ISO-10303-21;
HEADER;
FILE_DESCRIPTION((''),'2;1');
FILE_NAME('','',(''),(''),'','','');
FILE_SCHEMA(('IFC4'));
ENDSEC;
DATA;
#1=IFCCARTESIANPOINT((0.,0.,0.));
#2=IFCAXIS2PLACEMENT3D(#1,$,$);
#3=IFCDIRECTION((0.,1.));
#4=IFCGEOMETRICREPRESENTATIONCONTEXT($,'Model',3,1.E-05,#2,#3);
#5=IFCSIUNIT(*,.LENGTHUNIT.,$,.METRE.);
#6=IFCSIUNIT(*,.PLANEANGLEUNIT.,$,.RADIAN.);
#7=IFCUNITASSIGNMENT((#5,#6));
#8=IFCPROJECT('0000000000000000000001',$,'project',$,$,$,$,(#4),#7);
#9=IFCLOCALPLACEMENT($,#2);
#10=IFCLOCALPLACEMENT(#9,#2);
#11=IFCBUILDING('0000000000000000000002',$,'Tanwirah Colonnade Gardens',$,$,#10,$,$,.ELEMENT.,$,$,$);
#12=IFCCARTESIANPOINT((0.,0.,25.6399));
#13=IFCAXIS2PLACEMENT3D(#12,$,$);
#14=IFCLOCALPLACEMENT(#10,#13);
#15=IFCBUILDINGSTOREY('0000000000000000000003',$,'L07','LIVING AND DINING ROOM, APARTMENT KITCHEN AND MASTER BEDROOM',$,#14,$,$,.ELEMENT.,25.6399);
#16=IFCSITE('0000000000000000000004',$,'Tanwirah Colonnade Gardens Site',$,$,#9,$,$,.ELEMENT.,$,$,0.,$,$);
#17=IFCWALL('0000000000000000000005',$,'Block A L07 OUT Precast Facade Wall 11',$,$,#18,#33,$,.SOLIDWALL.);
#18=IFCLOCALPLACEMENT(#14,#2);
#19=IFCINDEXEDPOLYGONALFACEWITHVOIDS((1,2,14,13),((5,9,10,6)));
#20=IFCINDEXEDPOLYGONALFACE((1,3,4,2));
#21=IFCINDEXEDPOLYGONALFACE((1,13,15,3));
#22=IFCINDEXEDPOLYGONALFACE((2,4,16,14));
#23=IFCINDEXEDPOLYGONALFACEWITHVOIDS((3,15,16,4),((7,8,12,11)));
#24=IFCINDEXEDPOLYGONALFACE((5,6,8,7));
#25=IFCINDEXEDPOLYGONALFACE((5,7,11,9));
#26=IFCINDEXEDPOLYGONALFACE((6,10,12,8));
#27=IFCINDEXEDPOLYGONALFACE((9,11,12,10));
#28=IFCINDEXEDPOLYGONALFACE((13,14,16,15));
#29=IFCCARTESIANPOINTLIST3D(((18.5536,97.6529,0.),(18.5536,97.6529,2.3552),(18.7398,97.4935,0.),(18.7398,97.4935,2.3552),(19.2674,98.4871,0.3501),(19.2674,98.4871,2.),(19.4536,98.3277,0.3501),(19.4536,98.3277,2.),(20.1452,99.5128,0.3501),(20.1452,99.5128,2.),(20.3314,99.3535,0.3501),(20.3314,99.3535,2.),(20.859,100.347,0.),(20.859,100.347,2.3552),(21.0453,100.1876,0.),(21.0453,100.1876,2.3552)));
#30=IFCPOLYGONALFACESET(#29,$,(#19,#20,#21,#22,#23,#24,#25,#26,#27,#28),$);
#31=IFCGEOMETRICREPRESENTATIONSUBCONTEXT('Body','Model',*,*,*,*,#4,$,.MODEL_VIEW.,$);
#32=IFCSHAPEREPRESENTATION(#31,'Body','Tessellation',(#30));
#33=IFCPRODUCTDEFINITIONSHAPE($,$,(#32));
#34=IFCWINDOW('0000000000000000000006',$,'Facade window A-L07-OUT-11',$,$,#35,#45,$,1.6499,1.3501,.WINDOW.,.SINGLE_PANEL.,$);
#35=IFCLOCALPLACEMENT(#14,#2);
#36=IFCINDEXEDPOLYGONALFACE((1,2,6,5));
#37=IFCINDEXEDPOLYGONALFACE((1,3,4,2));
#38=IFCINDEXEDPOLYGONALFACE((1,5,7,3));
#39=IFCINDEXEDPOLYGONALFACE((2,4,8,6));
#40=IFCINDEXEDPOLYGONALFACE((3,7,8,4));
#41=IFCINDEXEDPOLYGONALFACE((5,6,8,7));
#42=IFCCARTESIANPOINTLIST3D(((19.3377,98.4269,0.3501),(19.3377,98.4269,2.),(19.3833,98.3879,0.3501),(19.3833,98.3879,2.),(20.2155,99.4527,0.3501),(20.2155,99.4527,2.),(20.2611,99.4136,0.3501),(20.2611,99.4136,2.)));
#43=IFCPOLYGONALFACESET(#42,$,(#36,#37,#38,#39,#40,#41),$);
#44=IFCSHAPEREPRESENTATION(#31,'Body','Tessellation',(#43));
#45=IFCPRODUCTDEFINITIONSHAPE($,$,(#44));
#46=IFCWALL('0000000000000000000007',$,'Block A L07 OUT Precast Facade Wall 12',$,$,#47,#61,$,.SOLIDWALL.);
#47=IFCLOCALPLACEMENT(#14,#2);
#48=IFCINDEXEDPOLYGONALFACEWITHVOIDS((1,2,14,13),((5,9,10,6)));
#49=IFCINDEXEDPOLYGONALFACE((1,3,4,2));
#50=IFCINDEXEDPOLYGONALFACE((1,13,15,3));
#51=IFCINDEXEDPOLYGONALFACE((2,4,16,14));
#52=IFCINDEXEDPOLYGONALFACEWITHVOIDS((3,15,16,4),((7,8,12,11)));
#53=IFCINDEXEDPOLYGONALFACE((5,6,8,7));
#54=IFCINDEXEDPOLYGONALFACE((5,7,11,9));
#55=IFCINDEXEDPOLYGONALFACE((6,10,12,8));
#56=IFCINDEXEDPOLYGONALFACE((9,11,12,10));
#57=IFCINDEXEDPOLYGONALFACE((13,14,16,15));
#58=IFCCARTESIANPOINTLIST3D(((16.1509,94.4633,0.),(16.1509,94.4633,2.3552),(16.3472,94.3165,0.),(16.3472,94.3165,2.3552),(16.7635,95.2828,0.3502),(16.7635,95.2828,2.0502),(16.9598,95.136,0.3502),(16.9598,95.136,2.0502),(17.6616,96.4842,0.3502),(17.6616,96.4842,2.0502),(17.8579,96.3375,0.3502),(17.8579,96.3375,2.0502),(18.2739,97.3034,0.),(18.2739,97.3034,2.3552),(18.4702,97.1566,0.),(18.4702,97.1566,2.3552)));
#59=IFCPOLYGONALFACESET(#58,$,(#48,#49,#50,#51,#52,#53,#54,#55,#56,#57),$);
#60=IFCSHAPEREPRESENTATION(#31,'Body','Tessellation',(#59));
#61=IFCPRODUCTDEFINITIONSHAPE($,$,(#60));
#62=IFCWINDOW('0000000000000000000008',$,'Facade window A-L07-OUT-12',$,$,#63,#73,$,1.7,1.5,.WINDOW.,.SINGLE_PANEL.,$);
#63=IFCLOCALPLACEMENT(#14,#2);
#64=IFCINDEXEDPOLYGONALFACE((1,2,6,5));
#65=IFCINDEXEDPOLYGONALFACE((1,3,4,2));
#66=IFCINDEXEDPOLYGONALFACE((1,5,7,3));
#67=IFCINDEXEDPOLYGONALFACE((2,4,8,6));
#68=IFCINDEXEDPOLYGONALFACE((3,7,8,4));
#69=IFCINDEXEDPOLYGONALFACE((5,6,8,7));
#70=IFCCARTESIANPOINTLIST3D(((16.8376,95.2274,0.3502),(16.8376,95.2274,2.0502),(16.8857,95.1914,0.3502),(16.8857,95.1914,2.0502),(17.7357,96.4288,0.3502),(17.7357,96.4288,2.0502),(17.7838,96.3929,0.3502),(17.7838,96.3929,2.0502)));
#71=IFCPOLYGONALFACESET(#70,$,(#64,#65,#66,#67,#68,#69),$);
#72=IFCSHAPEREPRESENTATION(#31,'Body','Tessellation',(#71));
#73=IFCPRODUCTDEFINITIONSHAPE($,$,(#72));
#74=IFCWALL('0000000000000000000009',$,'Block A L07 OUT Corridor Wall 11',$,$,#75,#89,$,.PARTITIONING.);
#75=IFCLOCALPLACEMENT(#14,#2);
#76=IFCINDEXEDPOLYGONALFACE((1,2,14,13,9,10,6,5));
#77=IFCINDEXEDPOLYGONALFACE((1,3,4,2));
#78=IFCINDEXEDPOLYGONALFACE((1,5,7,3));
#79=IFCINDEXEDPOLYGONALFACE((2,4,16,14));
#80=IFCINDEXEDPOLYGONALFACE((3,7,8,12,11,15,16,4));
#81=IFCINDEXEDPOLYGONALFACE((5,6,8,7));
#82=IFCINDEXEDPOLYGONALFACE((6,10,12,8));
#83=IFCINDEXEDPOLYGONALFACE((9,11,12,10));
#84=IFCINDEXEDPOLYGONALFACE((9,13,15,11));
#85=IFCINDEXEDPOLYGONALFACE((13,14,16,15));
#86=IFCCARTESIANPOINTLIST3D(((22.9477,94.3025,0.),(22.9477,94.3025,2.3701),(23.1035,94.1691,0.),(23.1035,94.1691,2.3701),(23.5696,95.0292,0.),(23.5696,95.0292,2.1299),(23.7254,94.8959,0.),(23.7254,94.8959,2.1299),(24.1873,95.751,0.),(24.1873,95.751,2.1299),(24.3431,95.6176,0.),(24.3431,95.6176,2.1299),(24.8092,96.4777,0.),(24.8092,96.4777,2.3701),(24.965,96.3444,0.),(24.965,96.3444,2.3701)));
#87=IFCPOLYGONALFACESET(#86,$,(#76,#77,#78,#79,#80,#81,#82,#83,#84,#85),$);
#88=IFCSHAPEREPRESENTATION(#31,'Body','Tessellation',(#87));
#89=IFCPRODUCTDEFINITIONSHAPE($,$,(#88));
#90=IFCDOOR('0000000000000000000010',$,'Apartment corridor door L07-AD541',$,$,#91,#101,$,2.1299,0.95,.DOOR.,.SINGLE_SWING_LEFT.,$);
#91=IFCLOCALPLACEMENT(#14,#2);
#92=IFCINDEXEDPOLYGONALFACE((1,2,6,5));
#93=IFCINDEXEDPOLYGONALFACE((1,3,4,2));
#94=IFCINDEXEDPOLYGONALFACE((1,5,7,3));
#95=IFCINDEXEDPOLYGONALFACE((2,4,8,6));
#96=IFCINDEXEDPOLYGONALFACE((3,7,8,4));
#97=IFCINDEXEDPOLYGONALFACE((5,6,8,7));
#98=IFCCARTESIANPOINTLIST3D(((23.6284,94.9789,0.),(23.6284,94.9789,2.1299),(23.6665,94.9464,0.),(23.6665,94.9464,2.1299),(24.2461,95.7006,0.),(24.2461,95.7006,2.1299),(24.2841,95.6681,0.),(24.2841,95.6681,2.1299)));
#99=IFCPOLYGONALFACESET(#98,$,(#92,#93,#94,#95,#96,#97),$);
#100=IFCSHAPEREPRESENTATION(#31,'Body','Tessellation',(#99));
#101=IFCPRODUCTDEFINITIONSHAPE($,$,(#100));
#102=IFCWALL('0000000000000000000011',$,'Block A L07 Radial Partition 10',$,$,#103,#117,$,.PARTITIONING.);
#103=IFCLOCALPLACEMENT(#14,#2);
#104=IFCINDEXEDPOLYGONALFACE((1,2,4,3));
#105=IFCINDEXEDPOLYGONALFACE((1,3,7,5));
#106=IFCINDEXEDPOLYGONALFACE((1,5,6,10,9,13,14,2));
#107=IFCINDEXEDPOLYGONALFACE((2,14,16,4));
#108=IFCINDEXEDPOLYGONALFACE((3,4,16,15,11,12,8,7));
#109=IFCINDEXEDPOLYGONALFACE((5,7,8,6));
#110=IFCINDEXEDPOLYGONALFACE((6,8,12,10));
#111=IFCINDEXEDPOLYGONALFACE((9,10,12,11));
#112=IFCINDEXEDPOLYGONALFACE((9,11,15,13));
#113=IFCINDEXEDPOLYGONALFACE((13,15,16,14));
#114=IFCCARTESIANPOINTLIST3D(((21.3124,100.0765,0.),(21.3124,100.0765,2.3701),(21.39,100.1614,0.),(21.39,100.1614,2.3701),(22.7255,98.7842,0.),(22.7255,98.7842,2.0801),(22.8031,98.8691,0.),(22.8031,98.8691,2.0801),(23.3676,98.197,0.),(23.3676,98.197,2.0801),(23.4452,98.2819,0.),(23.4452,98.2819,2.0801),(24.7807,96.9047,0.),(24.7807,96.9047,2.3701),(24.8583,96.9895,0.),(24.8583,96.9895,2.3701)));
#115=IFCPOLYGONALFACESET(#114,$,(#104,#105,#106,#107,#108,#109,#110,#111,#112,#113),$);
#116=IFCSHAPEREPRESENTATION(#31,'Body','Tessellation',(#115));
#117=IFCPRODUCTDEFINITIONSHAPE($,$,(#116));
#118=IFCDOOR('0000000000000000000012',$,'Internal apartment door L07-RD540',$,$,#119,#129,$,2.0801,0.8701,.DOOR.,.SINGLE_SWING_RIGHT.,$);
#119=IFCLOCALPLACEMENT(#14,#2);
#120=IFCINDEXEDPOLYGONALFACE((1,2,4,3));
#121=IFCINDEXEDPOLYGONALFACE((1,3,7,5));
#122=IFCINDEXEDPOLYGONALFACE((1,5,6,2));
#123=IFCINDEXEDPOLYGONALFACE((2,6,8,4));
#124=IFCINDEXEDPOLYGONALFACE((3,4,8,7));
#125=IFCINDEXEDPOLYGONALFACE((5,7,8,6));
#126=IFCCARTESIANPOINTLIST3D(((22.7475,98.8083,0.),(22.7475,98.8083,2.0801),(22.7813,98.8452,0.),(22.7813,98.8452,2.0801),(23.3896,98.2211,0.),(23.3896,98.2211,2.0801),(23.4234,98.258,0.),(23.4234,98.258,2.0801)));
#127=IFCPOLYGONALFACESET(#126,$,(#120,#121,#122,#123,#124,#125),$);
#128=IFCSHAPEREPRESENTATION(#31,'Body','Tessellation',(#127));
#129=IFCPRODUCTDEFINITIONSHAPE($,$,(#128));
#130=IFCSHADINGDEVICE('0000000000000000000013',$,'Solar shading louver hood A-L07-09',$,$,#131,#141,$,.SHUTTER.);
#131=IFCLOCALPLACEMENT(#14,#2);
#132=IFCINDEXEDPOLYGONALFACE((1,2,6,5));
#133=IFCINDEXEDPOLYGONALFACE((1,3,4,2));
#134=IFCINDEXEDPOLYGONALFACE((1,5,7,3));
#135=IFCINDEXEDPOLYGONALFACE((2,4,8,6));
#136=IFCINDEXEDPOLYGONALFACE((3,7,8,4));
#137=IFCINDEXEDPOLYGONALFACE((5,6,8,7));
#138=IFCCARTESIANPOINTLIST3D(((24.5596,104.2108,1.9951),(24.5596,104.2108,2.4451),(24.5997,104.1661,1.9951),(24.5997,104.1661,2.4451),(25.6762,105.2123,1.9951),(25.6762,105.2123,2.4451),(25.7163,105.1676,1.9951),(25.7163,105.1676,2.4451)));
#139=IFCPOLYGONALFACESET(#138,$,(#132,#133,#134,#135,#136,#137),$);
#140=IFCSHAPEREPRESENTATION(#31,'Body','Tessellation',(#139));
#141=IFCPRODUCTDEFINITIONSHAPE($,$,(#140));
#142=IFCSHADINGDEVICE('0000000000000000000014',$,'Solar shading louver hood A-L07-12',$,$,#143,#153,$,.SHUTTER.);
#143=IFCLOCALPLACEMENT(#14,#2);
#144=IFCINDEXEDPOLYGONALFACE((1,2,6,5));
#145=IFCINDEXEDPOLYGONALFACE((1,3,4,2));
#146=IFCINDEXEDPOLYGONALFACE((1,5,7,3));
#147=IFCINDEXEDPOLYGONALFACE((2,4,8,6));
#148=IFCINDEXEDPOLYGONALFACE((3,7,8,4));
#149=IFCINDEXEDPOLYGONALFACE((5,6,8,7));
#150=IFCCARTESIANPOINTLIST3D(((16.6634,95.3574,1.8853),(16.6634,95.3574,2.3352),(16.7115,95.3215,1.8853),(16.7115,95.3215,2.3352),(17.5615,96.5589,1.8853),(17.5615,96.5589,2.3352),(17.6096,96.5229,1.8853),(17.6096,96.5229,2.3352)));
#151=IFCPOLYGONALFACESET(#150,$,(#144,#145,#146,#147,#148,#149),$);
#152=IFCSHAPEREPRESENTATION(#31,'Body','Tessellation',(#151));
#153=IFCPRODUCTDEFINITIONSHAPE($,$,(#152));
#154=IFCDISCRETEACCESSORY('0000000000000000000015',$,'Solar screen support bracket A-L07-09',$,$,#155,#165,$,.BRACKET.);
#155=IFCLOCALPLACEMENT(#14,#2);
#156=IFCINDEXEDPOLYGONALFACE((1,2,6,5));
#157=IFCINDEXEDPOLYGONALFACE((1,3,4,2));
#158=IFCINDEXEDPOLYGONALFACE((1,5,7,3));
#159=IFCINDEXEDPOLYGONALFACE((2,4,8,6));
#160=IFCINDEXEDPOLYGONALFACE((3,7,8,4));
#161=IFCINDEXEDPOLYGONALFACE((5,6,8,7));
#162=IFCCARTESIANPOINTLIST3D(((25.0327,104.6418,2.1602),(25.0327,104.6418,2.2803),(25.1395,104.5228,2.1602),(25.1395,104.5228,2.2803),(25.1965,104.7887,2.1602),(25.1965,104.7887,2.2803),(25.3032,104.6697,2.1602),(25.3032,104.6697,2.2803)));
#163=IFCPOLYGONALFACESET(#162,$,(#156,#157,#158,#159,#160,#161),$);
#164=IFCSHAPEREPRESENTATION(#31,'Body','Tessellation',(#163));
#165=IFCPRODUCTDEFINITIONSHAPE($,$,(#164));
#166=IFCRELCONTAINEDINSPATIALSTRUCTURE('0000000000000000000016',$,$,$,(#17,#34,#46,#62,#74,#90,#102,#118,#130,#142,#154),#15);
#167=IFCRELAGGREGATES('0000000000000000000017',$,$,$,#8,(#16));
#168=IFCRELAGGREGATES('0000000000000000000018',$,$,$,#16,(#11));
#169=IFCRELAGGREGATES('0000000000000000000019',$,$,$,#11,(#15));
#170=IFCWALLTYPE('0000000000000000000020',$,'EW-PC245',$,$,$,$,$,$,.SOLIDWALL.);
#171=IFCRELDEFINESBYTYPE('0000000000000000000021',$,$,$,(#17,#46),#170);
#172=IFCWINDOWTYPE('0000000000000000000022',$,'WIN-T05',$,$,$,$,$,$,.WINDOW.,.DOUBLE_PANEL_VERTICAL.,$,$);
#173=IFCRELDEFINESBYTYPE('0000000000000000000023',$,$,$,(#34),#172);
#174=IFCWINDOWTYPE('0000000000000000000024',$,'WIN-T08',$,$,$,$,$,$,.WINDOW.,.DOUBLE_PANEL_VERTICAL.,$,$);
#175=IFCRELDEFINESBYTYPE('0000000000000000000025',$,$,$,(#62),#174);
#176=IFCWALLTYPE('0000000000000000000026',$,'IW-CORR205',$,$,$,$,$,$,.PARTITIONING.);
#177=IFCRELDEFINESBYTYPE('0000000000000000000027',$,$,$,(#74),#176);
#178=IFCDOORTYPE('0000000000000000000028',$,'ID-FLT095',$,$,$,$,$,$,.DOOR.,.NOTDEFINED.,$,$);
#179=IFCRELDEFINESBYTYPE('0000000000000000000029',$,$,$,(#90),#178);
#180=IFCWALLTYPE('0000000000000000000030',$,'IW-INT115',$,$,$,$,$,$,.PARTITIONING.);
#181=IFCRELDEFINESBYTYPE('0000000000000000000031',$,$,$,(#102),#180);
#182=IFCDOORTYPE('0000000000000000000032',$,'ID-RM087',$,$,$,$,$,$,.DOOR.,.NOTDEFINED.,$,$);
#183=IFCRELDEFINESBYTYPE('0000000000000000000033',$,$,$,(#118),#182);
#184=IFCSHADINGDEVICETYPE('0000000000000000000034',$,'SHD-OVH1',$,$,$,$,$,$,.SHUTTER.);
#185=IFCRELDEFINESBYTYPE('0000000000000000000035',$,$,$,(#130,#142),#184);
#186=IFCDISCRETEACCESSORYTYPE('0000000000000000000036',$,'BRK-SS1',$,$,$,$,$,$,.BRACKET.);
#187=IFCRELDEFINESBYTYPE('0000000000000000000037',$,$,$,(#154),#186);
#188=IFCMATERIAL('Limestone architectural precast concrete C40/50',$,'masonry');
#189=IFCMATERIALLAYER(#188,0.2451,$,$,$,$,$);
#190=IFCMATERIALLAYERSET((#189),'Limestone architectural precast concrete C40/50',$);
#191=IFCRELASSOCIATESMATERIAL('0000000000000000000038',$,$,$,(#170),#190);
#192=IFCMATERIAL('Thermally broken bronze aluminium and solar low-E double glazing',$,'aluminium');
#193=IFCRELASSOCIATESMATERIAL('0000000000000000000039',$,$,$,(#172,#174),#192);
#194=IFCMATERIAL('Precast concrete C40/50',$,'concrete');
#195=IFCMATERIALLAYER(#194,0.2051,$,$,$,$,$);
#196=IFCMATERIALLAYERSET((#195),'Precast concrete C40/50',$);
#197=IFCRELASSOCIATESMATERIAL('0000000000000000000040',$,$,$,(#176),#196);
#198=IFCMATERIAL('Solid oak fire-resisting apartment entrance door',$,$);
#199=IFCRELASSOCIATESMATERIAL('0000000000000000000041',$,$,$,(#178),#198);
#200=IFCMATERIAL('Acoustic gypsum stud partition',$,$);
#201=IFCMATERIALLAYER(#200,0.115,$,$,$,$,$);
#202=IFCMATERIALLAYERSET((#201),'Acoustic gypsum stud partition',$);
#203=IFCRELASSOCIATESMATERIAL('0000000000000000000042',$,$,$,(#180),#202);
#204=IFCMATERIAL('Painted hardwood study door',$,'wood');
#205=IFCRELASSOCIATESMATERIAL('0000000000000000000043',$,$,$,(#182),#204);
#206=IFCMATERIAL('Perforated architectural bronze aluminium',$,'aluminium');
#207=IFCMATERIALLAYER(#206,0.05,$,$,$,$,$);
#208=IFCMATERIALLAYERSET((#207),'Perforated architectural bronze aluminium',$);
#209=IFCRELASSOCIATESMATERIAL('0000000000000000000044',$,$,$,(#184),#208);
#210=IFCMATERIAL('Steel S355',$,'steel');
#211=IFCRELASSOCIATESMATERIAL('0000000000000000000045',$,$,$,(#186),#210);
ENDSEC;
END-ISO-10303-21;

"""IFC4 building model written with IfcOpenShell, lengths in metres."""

from ifc_helpers import new_model, si_unit, direction, frame, frame_2d, origin, origin_2d, place, context, subcontext, project, spatial, rectangle, extrude, material, layer, layer_set, type_object, element, fill, save


model = new_model("IFC4")

# Units and contexts
model_context = context("Model", 3, precision=1e-05, world=origin(), true_north=direction((0.0, 1.0)))
body_context = subcontext(model_context, "Body", "Model", "MODEL_VIEW")
ifc_project = project(units=[si_unit("LENGTHUNIT", "METRE"), si_unit("PLANEANGLEUNIT", "RADIAN")], contexts=[model_context])

# Site, building, storey
site_placement = place(None, origin())
site = spatial("IfcSite", under=ifc_project, at=site_placement, Name="Tanwirah Colonnade Gardens Site", CompositionType="ELEMENT", RefElevation=0.0)
building_placement = place(site_placement, origin())
building = spatial("IfcBuilding", under=site, at=building_placement, Name="Tanwirah Colonnade Gardens", CompositionType="ELEMENT")
storey_placement = place(building_placement, frame((0.0, 0.0, 25.6399)))
storey = spatial("IfcBuildingStorey", under=building, at=storey_placement, Name="L07", Description="LIVING AND DINING ROOM, APARTMENT KITCHEN AND MASTER BEDROOM", CompositionType="ELEMENT", Elevation=25.6399)

# Shared definitions
ifc_material_1 = material(Name="Precast concrete C40/50", Category="concrete")

# Shared definitions
ifc_material_2 = material(Name="Limestone architectural precast concrete C40/50", Category="masonry")
ifc_layer_1 = layer(ifc_material_2, 0.2451)
ifc_layer_set_1 = layer_set([ifc_layer_1], Name="Limestone architectural precast concrete C40/50")
wall_type_1 = type_object("IfcWallType", Name="EW-PC245", PredefinedType="SOLIDWALL", material=ifc_layer_set_1)

# Walls, openings, windows
wall_1_placement = place(storey_placement, frame((20.9521, 100.2673, 0.0), z_axis=(0.0, 0.0, 1.0), x_axis=(-0.650173, -0.759786, 0.0)))
wall_1 = element("IfcWall", 1, at=wall_1_placement, inside=storey, type_object=wall_type_1, Name="Block A L07 OUT Precast Facade Wall 11", PredefinedType="SOLIDWALL", context=body_context, shape_type="SweptSolid", body=[
    extrude(rectangle(XDim=3.5459, YDim=0.2451, at=frame_2d((1.7729, 0.0))), origin(), (0.0, 0.0, 1.0), 2.3552),
])
opening_1_placement = place(wall_1_placement, frame((1.0979, 0.0, 0.3501)))
opening_1 = element("IfcOpeningElement", 2, at=opening_1_placement, cuts=wall_1, PredefinedType="OPENING", context=body_context, shape_type="SweptSolid", body=[
    extrude(rectangle(XDim=1.3501, YDim=1.6499, at=frame_2d((0.675, 0.825))), frame((0.0, 0.1326, 0.0), z_axis=(0.0, -1.0, 0.0), x_axis=(1.0, 0.0, 0.0)), (0.0, 0.0, 1.0), 0.2651),
])
ifc_material_3 = material(Name="Thermally broken bronze aluminium and solar low-E double glazing", Category="aluminium")
window_type_1 = type_object("IfcWindowType", Name="WIN-T05", PartitioningType="DOUBLE_PANEL_VERTICAL", PredefinedType="WINDOW", material=ifc_material_3)
window_1_placement = place(opening_1_placement, origin())
window_1 = element("IfcWindow", 3, at=window_1_placement, inside=storey, type_object=window_type_1, Name="Facade window A-L07-OUT-11", OverallHeight=1.6499, OverallWidth=1.3501, PartitioningType="SINGLE_PANEL", PredefinedType="WINDOW", context=body_context, shape_type="SweptSolid", body=[
    extrude(rectangle(XDim=1.3501, YDim=1.6499, at=frame_2d((0.675, 0.825))), frame((0.0, 0.03, 0.0), z_axis=(0.0, -1.0, 0.0), x_axis=(1.0, 0.0, 0.0)), (0.0, 0.0, 1.0), 0.0601),
])
fill(opening_1, window_1)
wall_2_placement = place(storey_placement, frame((18.3721, 97.23, 0.0), z_axis=(0.0, 0.0, 1.0), x_axis=(-0.598732, -0.800949, 0.0)))
wall_2 = element("IfcWall", 4, at=wall_2_placement, inside=storey, type_object=wall_type_1, Name="Block A L07 OUT Precast Facade Wall 12", PredefinedType="SOLIDWALL", context=body_context, shape_type="SweptSolid", body=[
    extrude(rectangle(XDim=3.5459, YDim=0.2451, at=frame_2d((1.7729, 0.0))), origin(), (0.0, 0.0, 1.0), 2.3552),
])
opening_2_placement = place(wall_2_placement, frame((1.0227, 0.0, 0.3501)))
opening_2 = element("IfcOpeningElement", 5, at=opening_2_placement, cuts=wall_2, PredefinedType="OPENING", context=body_context, shape_type="SweptSolid", body=[
    extrude(rectangle(XDim=1.5, YDim=1.7, at=frame_2d((0.75, 0.8501))), frame((0.0, 0.1326, 0.0), z_axis=(0.0, -1.0, 0.0), x_axis=(1.0, 0.0, 0.0)), (0.0, 0.0, 1.0), 0.2651),
])
window_type_2 = type_object("IfcWindowType", Name="WIN-T08", PartitioningType="DOUBLE_PANEL_VERTICAL", PredefinedType="WINDOW", material=ifc_material_3)
window_2_placement = place(opening_2_placement, origin())
window_2 = element("IfcWindow", 6, at=window_2_placement, inside=storey, type_object=window_type_2, Name="Facade window A-L07-OUT-12", OverallHeight=1.7, OverallWidth=1.5, PartitioningType="SINGLE_PANEL", PredefinedType="WINDOW", context=body_context, shape_type="SweptSolid", body=[
    extrude(rectangle(XDim=1.5, YDim=1.7, at=frame_2d((0.75, 0.8501))), frame((0.0, 0.03, 0.0), z_axis=(0.0, -1.0, 0.0), x_axis=(1.0, 0.0, 0.0)), (0.0, 0.0, 1.0), 0.0601),
])
fill(opening_2, window_2)

# Walls, openings, doors
ifc_layer_2 = layer(ifc_material_1, 0.2051)
ifc_layer_set_2 = layer_set([ifc_layer_2], Name="Precast concrete C40/50")
wall_type_2 = type_object("IfcWallType", Name="IW-CORR205", PredefinedType="PARTITIONING", material=ifc_layer_set_2)
wall_3_placement = place(storey_placement, frame((24.8872, 96.4111, 0.0), z_axis=(0.0, 0.0, 1.0), x_axis=(-0.650194, -0.759768, 0.0)))
wall_3 = element("IfcWall", 7, at=wall_3_placement, inside=storey, type_object=wall_type_2, Name="Block A L07 OUT Corridor Wall 11", PredefinedType="PARTITIONING", context=body_context, shape_type="SweptSolid", body=[
    extrude(rectangle(XDim=2.863, YDim=0.2051, at=frame_2d((1.4316, 0.0))), origin(), (0.0, 0.0, 1.0), 2.3701),
])
opening_3_placement = place(wall_3_placement, frame((0.9565, 0.0, 0.0)))
opening_3 = element("IfcOpeningElement", 8, at=opening_3_placement, cuts=wall_3, PredefinedType="OPENING", context=body_context, shape_type="SweptSolid", body=[
    extrude(rectangle(XDim=0.95, YDim=2.1299, at=frame_2d((0.4751, 1.0649))), frame((0.0, 0.1125, 0.0), z_axis=(0.0, -1.0, 0.0), x_axis=(1.0, 0.0, 0.0)), (0.0, 0.0, 1.0), 0.2251),
])
ifc_material_4 = material(Name="Solid oak fire-resisting apartment entrance door")
door_type_1 = type_object("IfcDoorType", Name="ID-FLT095", OperationType="NOTDEFINED", PredefinedType="DOOR", material=ifc_material_4)
door_1_placement = place(opening_3_placement, origin())
door_1 = element("IfcDoor", 9, at=door_1_placement, inside=storey, type_object=door_type_1, Name="Apartment corridor door L07-AD541", OperationType="SINGLE_SWING_LEFT", OverallHeight=2.1299, OverallWidth=0.95, PredefinedType="DOOR", context=body_context, shape_type="SweptSolid", body=[
    extrude(rectangle(XDim=0.95, YDim=2.1299, at=frame_2d((0.4751, 1.0649))), frame((0.0, 0.0249, 0.0), z_axis=(0.0, -1.0, 0.0), x_axis=(1.0, 0.0, 0.0)), (0.0, 0.0, 1.0), 0.05),
])
fill(opening_3, door_1)
ifc_material_5 = material(Name="Acoustic gypsum stud partition")
ifc_layer_3 = layer(ifc_material_5, 0.115)
ifc_layer_set_3 = layer_set([ifc_layer_3], Name="Acoustic gypsum stud partition")
wall_type_3 = type_object("IfcWallType", Name="IW-INT115", PredefinedType="PARTITIONING", material=ifc_layer_set_3)
wall_4_placement = place(storey_placement, frame((24.8196, 96.947, 0.0), z_axis=(0.0, 0.0, 1.0), x_axis=(-0.737934, 0.674873, 0.0)))
wall_4 = element("IfcWall", 10, at=wall_4_placement, inside=storey, type_object=wall_type_3, Name="Block A L07 Radial Partition 10", PredefinedType="PARTITIONING", context=body_context, shape_type="SweptSolid", body=[
    extrude(rectangle(XDim=4.7, YDim=0.115, at=frame_2d((2.3501, 0.0))), origin(), (0.0, 0.0, 1.0), 2.3701),
])
opening_4_placement = place(wall_4_placement, frame((1.915, 0.0, 0.0)))
opening_4 = element("IfcOpeningElement", 11, at=opening_4_placement, cuts=wall_4, PredefinedType="OPENING", context=body_context, shape_type="SweptSolid", body=[
    extrude(rectangle(XDim=0.8701, YDim=2.0801, at=frame_2d((0.4351, 1.04))), frame((0.0, 0.0674, 0.0), z_axis=(0.0, -1.0, 0.0), x_axis=(1.0, 0.0, 0.0)), (0.0, 0.0, 1.0), 0.135),
])
ifc_material_6 = material(Name="Painted hardwood study door", Category="wood")
door_type_2 = type_object("IfcDoorType", Name="ID-RM087", OperationType="NOTDEFINED", PredefinedType="DOOR", material=ifc_material_6)
door_2_placement = place(opening_4_placement, origin())
door_2 = element("IfcDoor", 12, at=door_2_placement, inside=storey, type_object=door_type_2, Name="Internal apartment door L07-RD540", OperationType="SINGLE_SWING_RIGHT", OverallHeight=2.0801, OverallWidth=0.8701, PredefinedType="DOOR", context=body_context, shape_type="SweptSolid", body=[
    extrude(rectangle(XDim=0.8701, YDim=2.0801, at=frame_2d((0.4351, 1.04))), frame((0.0, 0.0249, 0.0), z_axis=(0.0, -1.0, 0.0), x_axis=(1.0, 0.0, 0.0)), (0.0, 0.0, 1.0), 0.05),
])
fill(opening_4, door_2)

# Shading devices
ifc_material_7 = material(Name="Perforated architectural bronze aluminium", Category="aluminium")
ifc_layer_4 = layer(ifc_material_7, 0.05)
ifc_layer_set_4 = layer_set([ifc_layer_4], Name="Perforated architectural bronze aluminium")
shading_device_type = type_object("IfcShadingDeviceType", Name="SHD-OVH1", PredefinedType="SHUTTER", material=ifc_layer_set_4)
for number, where, z_axis, x_axis, name in (
    (13, (25.1379, 104.6892, 1.9951), (0.0, 0.0, 1.0), (-0.744442, -0.667687, 0.0), "Solar shading louver hood A-L07-09"),
    (14, (17.1365, 95.9402, 1.8853), (0.0, 0.0, 1.0), (-0.598715, -0.800963, 0.0), "Solar shading louver hood A-L07-12"),
):
    element("IfcShadingDevice", number, at=place(storey_placement, frame(where, z_axis=z_axis, x_axis=x_axis)), inside=storey, type_object=shading_device_type, Name=name, PredefinedType="SHUTTER", context=body_context, shape_type="SweptSolid", body=[
        extrude(rectangle(XDim=1.5, YDim=0.0601, at=origin_2d()), origin(), (0.0, 0.0, 1.0), 0.45),
    ])

# Discrete accessory
ifc_material_8 = material(Name="Steel S355", Category="steel")
discrete_accessory_type = type_object("IfcDiscreteAccessoryType", Name="BRK-SS1", PredefinedType="BRACKET", material=ifc_material_8)
for number, where, z_axis, x_axis, name in (
    (15, (25.168, 104.6558, 2.1602), (0.0, 0.0, 1.0), (-0.744442, -0.667687, 0.0), "Solar screen support bracket A-L07-09"),
):
    element("IfcDiscreteAccessory", number, at=place(storey_placement, frame(where, z_axis=z_axis, x_axis=x_axis)), inside=storey, type_object=discrete_accessory_type, Name=name, PredefinedType="BRACKET", context=body_context, shape_type="SweptSolid", body=[
        extrude(rectangle(XDim=0.22, YDim=0.1599, at=origin_2d()), origin(), (0.0, 0.0, 1.0), 0.1201),
    ])

save(model, "model.ifc")
